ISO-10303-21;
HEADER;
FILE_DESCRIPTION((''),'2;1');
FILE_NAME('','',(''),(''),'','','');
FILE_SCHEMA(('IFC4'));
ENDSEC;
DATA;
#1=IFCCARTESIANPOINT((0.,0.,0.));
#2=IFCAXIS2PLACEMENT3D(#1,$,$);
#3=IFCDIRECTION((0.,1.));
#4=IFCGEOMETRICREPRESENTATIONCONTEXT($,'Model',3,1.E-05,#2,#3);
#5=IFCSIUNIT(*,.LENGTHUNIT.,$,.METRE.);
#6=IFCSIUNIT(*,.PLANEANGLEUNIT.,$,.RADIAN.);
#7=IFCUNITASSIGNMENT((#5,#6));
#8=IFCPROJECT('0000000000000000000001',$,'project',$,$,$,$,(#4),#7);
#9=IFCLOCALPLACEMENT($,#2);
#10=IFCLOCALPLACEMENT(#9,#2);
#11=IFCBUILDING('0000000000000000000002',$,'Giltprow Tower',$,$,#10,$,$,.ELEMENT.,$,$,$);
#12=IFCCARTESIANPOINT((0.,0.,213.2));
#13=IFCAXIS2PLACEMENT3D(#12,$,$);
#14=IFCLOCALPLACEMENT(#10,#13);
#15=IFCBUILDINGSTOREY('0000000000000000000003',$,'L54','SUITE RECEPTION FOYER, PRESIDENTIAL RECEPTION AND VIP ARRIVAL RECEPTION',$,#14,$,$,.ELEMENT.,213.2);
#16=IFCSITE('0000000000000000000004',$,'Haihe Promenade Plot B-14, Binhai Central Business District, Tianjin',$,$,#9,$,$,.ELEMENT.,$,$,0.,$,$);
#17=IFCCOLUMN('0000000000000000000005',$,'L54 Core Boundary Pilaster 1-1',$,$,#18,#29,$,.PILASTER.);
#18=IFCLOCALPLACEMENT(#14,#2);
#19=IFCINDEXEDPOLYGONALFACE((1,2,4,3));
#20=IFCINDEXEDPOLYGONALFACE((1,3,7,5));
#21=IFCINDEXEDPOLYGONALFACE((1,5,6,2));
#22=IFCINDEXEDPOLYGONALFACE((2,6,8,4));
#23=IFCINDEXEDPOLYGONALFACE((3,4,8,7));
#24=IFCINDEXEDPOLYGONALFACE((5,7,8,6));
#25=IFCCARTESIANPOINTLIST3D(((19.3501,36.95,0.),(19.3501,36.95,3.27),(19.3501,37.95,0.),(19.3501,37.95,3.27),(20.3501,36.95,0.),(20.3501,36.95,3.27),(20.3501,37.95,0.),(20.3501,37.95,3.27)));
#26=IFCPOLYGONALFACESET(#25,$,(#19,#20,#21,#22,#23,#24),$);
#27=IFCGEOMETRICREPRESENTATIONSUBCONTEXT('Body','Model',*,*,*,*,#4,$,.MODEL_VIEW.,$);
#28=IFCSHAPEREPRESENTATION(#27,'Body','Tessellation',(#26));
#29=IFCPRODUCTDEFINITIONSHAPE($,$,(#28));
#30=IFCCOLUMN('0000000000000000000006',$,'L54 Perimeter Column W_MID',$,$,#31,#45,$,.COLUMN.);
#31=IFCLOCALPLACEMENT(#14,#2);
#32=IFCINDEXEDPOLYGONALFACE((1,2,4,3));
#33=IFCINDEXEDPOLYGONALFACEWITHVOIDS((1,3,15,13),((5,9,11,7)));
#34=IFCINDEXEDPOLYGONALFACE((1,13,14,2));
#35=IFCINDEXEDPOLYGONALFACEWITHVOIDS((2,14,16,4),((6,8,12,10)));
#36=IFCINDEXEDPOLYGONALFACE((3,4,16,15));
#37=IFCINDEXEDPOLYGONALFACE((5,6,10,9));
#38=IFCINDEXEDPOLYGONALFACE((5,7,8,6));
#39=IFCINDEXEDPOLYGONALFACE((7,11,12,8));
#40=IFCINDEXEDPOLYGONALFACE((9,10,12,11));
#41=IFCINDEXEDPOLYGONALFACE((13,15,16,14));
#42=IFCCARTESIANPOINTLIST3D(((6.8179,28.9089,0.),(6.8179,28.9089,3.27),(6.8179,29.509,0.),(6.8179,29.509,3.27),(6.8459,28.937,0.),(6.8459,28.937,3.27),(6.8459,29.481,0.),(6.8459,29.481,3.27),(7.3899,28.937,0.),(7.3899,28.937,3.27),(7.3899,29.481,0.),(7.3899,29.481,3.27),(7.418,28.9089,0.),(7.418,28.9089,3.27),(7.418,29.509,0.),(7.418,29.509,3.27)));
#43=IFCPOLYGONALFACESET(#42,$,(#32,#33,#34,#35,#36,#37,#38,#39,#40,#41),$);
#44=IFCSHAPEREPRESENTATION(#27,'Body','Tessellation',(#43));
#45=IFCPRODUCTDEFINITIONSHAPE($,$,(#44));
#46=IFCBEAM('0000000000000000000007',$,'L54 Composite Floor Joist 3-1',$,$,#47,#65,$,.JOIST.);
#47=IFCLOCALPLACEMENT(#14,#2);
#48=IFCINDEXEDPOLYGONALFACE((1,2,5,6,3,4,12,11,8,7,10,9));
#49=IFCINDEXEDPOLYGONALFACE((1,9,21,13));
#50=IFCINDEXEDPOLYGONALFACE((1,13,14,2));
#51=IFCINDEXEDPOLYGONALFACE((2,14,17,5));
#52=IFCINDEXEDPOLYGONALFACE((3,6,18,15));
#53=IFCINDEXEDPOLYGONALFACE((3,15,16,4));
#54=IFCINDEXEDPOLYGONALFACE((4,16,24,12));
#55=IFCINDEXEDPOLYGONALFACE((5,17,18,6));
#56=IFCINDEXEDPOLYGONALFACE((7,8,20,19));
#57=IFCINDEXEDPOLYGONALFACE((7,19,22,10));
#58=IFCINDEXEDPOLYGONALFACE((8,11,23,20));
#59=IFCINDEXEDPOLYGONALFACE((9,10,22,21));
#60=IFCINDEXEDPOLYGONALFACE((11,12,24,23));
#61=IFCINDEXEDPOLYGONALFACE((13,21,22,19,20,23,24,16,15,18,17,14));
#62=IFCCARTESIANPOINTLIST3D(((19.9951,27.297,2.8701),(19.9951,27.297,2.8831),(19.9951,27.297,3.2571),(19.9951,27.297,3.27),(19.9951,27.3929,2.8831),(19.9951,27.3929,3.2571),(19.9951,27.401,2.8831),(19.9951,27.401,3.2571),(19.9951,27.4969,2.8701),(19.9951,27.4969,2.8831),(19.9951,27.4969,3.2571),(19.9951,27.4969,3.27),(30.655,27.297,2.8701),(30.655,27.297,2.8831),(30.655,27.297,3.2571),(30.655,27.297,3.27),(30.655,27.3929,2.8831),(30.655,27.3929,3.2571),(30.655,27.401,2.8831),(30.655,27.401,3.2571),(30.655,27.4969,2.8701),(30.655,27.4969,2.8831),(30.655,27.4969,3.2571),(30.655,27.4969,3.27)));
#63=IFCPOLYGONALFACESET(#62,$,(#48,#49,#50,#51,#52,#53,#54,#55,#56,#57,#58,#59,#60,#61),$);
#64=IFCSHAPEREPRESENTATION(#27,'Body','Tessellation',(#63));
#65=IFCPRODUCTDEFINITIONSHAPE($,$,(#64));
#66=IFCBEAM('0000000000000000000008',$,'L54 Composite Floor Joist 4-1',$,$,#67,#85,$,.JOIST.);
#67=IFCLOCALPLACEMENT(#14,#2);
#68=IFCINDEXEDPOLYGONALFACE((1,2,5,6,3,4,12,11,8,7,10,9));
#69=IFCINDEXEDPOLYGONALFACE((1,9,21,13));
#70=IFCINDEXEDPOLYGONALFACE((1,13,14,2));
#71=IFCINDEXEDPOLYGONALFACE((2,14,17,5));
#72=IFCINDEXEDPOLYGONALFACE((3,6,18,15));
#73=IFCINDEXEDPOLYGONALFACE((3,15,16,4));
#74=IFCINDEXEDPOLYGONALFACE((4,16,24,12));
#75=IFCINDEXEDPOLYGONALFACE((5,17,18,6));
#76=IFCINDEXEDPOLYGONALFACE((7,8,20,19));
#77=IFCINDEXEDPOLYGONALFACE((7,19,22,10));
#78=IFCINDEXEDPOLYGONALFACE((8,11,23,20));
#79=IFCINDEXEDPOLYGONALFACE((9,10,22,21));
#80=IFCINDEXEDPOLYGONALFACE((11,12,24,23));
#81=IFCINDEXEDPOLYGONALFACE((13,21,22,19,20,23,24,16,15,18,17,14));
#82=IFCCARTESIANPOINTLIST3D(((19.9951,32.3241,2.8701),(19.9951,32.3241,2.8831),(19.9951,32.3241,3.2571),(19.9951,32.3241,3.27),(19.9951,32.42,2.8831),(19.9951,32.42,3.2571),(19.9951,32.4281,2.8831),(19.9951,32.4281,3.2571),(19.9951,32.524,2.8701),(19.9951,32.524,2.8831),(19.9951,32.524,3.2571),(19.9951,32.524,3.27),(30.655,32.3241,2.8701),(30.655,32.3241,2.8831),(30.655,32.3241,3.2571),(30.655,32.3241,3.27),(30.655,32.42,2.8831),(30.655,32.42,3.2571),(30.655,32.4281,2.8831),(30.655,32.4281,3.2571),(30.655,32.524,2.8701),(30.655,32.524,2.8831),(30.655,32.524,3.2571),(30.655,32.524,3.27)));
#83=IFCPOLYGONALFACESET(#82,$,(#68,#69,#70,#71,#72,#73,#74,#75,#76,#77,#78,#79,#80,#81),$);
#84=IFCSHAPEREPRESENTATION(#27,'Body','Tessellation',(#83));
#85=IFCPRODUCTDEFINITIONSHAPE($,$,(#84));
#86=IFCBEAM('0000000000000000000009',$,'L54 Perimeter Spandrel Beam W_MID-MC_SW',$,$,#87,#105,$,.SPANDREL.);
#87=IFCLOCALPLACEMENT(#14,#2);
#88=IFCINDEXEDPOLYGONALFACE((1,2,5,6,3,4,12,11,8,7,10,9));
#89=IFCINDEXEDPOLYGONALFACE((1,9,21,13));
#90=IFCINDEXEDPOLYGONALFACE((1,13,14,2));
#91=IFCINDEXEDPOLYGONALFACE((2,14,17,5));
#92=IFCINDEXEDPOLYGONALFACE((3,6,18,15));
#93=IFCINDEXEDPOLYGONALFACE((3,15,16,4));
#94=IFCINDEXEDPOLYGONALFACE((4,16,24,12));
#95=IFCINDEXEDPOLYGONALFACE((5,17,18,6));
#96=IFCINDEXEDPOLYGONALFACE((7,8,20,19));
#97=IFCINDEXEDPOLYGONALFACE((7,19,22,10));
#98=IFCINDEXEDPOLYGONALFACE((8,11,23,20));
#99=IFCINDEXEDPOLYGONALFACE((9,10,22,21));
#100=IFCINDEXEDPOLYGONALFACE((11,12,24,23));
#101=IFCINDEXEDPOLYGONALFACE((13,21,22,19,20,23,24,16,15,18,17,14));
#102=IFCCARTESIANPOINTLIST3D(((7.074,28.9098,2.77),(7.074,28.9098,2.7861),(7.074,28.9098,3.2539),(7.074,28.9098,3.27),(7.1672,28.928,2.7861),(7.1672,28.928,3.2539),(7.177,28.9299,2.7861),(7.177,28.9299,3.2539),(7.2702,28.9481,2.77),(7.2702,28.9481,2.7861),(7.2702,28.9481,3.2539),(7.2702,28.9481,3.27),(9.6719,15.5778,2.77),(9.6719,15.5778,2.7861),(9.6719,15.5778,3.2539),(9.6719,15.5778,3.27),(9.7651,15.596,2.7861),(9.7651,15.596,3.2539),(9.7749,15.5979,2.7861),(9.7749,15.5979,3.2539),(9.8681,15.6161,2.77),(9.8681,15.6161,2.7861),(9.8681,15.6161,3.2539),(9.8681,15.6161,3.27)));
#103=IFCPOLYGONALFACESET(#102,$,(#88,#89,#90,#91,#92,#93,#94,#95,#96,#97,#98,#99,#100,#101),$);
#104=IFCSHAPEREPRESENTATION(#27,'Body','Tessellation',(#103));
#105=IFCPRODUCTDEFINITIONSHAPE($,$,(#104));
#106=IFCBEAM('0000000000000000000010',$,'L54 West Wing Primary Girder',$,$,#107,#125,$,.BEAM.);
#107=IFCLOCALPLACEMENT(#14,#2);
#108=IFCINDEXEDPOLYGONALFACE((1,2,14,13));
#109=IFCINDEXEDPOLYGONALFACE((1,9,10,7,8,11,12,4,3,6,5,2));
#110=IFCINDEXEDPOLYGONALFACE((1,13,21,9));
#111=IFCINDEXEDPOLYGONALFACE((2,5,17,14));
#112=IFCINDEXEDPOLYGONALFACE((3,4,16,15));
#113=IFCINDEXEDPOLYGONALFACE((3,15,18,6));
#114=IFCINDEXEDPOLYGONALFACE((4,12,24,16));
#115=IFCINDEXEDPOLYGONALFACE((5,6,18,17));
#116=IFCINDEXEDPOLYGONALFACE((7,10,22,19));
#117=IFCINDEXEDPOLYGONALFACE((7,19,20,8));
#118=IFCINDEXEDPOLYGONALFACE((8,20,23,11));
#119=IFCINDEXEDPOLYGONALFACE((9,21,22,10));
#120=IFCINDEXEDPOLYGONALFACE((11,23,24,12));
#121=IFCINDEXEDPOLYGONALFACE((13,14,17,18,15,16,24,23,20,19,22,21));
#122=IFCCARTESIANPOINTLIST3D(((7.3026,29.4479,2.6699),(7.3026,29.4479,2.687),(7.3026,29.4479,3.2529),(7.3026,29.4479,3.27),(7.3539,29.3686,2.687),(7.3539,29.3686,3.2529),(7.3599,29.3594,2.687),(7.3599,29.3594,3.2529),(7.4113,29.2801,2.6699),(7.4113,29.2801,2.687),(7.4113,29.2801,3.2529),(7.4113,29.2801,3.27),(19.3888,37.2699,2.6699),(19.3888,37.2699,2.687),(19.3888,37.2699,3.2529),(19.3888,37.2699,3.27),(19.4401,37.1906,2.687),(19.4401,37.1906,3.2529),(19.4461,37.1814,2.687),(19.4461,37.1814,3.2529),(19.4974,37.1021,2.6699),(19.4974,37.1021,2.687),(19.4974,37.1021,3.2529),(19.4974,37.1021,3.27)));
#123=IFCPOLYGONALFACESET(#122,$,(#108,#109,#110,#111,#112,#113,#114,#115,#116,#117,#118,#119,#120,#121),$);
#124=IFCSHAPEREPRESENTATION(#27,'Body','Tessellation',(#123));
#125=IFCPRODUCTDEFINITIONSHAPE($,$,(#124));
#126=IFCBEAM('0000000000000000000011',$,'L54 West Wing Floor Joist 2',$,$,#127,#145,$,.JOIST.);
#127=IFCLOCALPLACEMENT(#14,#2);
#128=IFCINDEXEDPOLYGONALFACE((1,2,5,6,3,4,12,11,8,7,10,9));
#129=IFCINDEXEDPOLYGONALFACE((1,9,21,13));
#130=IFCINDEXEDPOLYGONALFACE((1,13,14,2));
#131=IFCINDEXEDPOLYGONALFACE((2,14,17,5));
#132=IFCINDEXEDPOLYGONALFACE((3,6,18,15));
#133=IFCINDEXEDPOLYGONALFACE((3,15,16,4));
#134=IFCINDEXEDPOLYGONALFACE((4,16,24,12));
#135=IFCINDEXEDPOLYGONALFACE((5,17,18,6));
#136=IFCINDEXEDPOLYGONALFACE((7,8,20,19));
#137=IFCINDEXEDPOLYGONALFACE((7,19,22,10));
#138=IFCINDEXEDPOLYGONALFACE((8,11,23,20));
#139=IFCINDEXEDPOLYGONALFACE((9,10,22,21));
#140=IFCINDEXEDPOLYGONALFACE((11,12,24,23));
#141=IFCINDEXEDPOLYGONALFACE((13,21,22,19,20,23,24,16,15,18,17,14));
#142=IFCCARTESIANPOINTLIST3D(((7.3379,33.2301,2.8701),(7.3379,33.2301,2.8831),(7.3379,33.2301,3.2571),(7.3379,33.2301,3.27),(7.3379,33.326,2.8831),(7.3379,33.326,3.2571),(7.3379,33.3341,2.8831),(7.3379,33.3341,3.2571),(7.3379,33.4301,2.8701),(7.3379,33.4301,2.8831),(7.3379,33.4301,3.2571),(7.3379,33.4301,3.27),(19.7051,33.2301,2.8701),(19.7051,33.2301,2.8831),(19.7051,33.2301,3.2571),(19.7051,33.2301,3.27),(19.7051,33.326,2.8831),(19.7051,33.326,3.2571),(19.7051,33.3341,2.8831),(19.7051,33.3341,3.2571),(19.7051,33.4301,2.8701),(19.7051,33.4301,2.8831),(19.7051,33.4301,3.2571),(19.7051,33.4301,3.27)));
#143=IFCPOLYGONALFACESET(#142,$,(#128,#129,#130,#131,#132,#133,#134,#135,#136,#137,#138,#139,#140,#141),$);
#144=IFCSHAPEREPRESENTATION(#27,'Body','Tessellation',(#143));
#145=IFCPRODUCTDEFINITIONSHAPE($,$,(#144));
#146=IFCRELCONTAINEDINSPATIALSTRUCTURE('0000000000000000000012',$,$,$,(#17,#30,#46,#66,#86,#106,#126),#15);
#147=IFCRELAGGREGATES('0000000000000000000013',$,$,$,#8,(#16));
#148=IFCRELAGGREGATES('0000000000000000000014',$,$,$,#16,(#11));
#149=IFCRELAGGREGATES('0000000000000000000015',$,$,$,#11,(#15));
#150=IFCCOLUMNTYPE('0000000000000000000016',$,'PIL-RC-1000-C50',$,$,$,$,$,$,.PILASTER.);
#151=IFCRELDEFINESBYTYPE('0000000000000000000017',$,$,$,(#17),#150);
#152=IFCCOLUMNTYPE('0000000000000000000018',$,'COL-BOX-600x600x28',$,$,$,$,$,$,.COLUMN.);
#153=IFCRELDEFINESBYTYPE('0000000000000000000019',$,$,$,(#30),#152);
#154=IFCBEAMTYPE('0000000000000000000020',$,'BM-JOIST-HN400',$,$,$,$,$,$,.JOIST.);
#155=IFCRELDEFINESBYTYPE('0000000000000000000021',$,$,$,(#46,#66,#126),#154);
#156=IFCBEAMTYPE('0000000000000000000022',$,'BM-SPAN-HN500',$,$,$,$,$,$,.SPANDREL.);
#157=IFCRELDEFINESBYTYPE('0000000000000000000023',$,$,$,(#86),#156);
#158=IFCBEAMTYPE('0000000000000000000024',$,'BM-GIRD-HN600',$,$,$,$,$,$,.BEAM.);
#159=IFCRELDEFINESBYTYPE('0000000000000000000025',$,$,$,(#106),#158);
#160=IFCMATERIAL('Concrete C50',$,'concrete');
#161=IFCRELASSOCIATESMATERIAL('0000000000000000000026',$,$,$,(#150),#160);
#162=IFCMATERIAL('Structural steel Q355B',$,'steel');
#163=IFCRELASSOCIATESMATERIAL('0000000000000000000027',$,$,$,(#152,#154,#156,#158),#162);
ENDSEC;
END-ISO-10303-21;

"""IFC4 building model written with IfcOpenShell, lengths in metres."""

from ifc_helpers import new_model, si_unit, direction, frame, origin, origin_2d, place, context, subcontext, project, spatial, rectangle, hollow_rectangle, i_section, extrude, source, transform, mapped, material, material_profile, profile_set, type_object, element, save


model = new_model("IFC4")

# Units and contexts
model_context = context("Model", 3, precision=1e-05, world=origin(), true_north=direction((0.0, 1.0)))
body_context = subcontext(model_context, "Body", "Model", "MODEL_VIEW")
ifc_project = project(units=[si_unit("LENGTHUNIT", "METRE"), si_unit("PLANEANGLEUNIT", "RADIAN")], contexts=[model_context])

# Site, building, storey
site_placement = place(None, origin())
site = spatial("IfcSite", under=ifc_project, at=site_placement, Name="Haihe Promenade Plot B-14, Binhai Central Business District, Tianjin", CompositionType="ELEMENT", RefElevation=0.0)
building_placement = place(site_placement, origin())
building = spatial("IfcBuilding", under=site, at=building_placement, Name="Giltprow Tower", CompositionType="ELEMENT")
storey_placement = place(building_placement, frame((0.0, 0.0, 213.2)))
storey = spatial("IfcBuildingStorey", under=building, at=storey_placement, Name="L54", Description="SUITE RECEPTION FOYER, PRESIDENTIAL RECEPTION AND VIP ARRIVAL RECEPTION", CompositionType="ELEMENT", Elevation=213.2)

# Columns
ifc_material_1 = material(Name="Concrete C50", Category="concrete")
ifc_material_profile_1 = material_profile(ifc_material_1, rectangle(XDim=1.0, YDim=1.0, at=origin_2d()), Name="RC 1000x1000")
ifc_profile_set_1 = profile_set([ifc_material_profile_1], Name="Concrete C50")
column_type_1 = type_object("IfcColumnType", Name="PIL-RC-1000-C50", PredefinedType="PILASTER", material=ifc_profile_set_1)
shared_shape_1 = source(origin(), body_context, "Body", "SweptSolid", [
    extrude(rectangle(XDim=1.0, YDim=1.0, at=origin_2d()), origin(), (0.0, 0.0, 1.0), 3.27),
])
column_1_placement = place(storey_placement, frame((19.8501, 37.45, 0.0), z_axis=(0.0, 0.0, 1.0), x_axis=(1.0, 0.0, 0.0)))
element("IfcColumn", 1, at=column_1_placement, inside=storey, type_object=column_type_1, Name="L54 Core Boundary Pilaster 1-1", PredefinedType="PILASTER", context=body_context, shape_type="MappedRepresentation", body=[
    mapped(shared_shape_1, transform((0.0, 0.0, 0.0), x_axis=(1.0, 0.0, 0.0), y_axis=(0.0, 1.0, 0.0), z_axis=(0.0, 0.0, 1.0), scale=1.0)),
])
ifc_material_2 = material(Name="Structural steel Q355B", Category="steel")
ifc_material_profile_2 = material_profile(ifc_material_2, hollow_rectangle(XDim=0.6001, YDim=0.6001, WallThickness=0.0281, at=origin_2d()), Name="BOX 600x600x28")
ifc_profile_set_2 = profile_set([ifc_material_profile_2], Name="Structural steel Q355B")
column_type_2 = type_object("IfcColumnType", Name="COL-BOX-600x600x28", PredefinedType="COLUMN", material=ifc_profile_set_2)
shared_shape_2 = source(origin(), body_context, "Body", "SweptSolid", [
    extrude(hollow_rectangle(XDim=0.6001, YDim=0.6001, WallThickness=0.0281, at=origin_2d()), origin(), (0.0, 0.0, 1.0), 3.27),
])
column_2_placement = place(storey_placement, frame((7.1179, 29.209, 0.0), z_axis=(0.0, 0.0, 1.0), x_axis=(1.0, 0.0, 0.0)))
element("IfcColumn", 2, at=column_2_placement, inside=storey, type_object=column_type_2, Name="L54 Perimeter Column W_MID", PredefinedType="COLUMN", context=body_context, shape_type="MappedRepresentation", body=[
    mapped(shared_shape_2, transform((0.0, 0.0, 0.0), x_axis=(1.0, 0.0, 0.0), y_axis=(0.0, 1.0, 0.0), z_axis=(0.0, 0.0, 1.0), scale=1.0)),
])

# Beams
ifc_material_profile_3 = material_profile(ifc_material_2, i_section(OverallWidth=0.2, OverallDepth=0.3999, WebThickness=0.0081, FlangeThickness=0.0129, at=origin_2d()), Name="HN 400x200x8x13")
ifc_profile_set_3 = profile_set([ifc_material_profile_3], Name="Structural steel Q355B")
beam_type_1 = type_object("IfcBeamType", Name="BM-JOIST-HN400", PredefinedType="JOIST", material=ifc_profile_set_3)
shared_shape_3 = source(origin(), body_context, "Body", "SweptSolid", [
    extrude(i_section(OverallWidth=0.2, OverallDepth=0.3999, WebThickness=0.0081, FlangeThickness=0.0129, at=origin_2d()), origin(), (0.0, 0.0, 1.0), 10.6599),
])
for number, where, z_axis, x_axis, name in (
    (3, (19.9951, 27.397, 3.0701), (1.0, 0.0, 0.0), (0.0, 1.0, 0.0), "L54 Composite Floor Joist 3-1"),
    (4, (19.9951, 32.4241, 3.0701), (1.0, 0.0, 0.0), (0.0, 1.0, 0.0), "L54 Composite Floor Joist 4-1"),
):
    element("IfcBeam", number, at=place(storey_placement, frame(where, z_axis=z_axis, x_axis=x_axis)), inside=storey, type_object=beam_type_1, Name=name, PredefinedType="JOIST", context=body_context, shape_type="MappedRepresentation", body=[
        mapped(shared_shape_3, transform((0.0, 0.0, 0.0), x_axis=(1.0, 0.0, 0.0), y_axis=(0.0, 1.0, 0.0), z_axis=(0.0, 0.0, 1.0), scale=1.0)),
    ])
ifc_material_profile_4 = material_profile(ifc_material_2, i_section(OverallWidth=0.2, OverallDepth=0.5, WebThickness=0.01, FlangeThickness=0.0161, at=origin_2d()), Name="HN 500x200x10x16")
ifc_profile_set_4 = profile_set([ifc_material_profile_4], Name="Structural steel Q355B")
beam_type_2 = type_object("IfcBeamType", Name="BM-SPAN-HN500", PredefinedType="SPANDREL", material=ifc_profile_set_4)
shared_shape_4 = source(origin(), body_context, "Body", "SweptSolid", [
    extrude(i_section(OverallWidth=0.2, OverallDepth=0.5, WebThickness=0.01, FlangeThickness=0.0161, at=origin_2d()), origin(), (0.0, 0.0, 1.0), 13.5828),
])
beam_1_placement = place(storey_placement, frame((7.1721, 28.929, 3.02), z_axis=(0.191264, -0.981539, 0.0), x_axis=(0.981539, 0.191264, 0.0)))
element("IfcBeam", 5, at=beam_1_placement, inside=storey, type_object=beam_type_2, Name="L54 Perimeter Spandrel Beam W_MID-MC_SW", PredefinedType="SPANDREL", context=body_context, shape_type="MappedRepresentation", body=[
    mapped(shared_shape_4, transform((0.0, 0.0, 0.0), x_axis=(1.0, 0.0, 0.0), y_axis=(0.0, 1.0, 0.0), z_axis=(0.0, 0.0, 1.0), scale=1.0)),
])
ifc_material_profile_5 = material_profile(ifc_material_2, i_section(OverallWidth=0.2, OverallDepth=0.6001, WebThickness=0.011, FlangeThickness=0.0171, at=origin_2d()), Name="HN 600x200x11x17")
ifc_profile_set_5 = profile_set([ifc_material_profile_5], Name="Structural steel Q355B")
beam_type_3 = type_object("IfcBeamType", Name="BM-GIRD-HN600", PredefinedType="BEAM", material=ifc_profile_set_5)
shared_shape_5 = source(origin(), body_context, "Body", "SweptSolid", [
    extrude(i_section(OverallWidth=0.2, OverallDepth=0.6001, WebThickness=0.011, FlangeThickness=0.0171, at=origin_2d()), origin(), (0.0, 0.0, 1.0), 14.3965),
])
beam_2_placement = place(storey_placement, frame((7.3569, 29.364, 2.97), z_axis=(0.839521, 0.543327, 0.0), x_axis=(-0.543327, 0.839521, 0.0)))
element("IfcBeam", 6, at=beam_2_placement, inside=storey, type_object=beam_type_3, Name="L54 West Wing Primary Girder", PredefinedType="BEAM", context=body_context, shape_type="MappedRepresentation", body=[
    mapped(shared_shape_5, transform((0.0, 0.0, 0.0), x_axis=(1.0, 0.0, 0.0), y_axis=(0.0, 1.0, 0.0), z_axis=(0.0, 0.0, 1.0), scale=1.0)),
])
shared_shape_6 = source(origin(), body_context, "Body", "SweptSolid", [
    extrude(i_section(OverallWidth=0.2, OverallDepth=0.3999, WebThickness=0.0081, FlangeThickness=0.0129, at=origin_2d()), origin(), (0.0, 0.0, 1.0), 12.3672),
])
beam_3_placement = place(storey_placement, frame((7.3379, 33.3301, 3.0701), z_axis=(1.0, 0.0, 0.0), x_axis=(0.0, 1.0, 0.0)))
element("IfcBeam", 7, at=beam_3_placement, inside=storey, type_object=beam_type_1, Name="L54 West Wing Floor Joist 2", PredefinedType="JOIST", context=body_context, shape_type="MappedRepresentation", body=[
    mapped(shared_shape_6, transform((0.0, 0.0, 0.0), x_axis=(1.0, 0.0, 0.0), y_axis=(0.0, 1.0, 0.0), z_axis=(0.0, 0.0, 1.0), scale=1.0)),
])

save(model, "model.ifc")
